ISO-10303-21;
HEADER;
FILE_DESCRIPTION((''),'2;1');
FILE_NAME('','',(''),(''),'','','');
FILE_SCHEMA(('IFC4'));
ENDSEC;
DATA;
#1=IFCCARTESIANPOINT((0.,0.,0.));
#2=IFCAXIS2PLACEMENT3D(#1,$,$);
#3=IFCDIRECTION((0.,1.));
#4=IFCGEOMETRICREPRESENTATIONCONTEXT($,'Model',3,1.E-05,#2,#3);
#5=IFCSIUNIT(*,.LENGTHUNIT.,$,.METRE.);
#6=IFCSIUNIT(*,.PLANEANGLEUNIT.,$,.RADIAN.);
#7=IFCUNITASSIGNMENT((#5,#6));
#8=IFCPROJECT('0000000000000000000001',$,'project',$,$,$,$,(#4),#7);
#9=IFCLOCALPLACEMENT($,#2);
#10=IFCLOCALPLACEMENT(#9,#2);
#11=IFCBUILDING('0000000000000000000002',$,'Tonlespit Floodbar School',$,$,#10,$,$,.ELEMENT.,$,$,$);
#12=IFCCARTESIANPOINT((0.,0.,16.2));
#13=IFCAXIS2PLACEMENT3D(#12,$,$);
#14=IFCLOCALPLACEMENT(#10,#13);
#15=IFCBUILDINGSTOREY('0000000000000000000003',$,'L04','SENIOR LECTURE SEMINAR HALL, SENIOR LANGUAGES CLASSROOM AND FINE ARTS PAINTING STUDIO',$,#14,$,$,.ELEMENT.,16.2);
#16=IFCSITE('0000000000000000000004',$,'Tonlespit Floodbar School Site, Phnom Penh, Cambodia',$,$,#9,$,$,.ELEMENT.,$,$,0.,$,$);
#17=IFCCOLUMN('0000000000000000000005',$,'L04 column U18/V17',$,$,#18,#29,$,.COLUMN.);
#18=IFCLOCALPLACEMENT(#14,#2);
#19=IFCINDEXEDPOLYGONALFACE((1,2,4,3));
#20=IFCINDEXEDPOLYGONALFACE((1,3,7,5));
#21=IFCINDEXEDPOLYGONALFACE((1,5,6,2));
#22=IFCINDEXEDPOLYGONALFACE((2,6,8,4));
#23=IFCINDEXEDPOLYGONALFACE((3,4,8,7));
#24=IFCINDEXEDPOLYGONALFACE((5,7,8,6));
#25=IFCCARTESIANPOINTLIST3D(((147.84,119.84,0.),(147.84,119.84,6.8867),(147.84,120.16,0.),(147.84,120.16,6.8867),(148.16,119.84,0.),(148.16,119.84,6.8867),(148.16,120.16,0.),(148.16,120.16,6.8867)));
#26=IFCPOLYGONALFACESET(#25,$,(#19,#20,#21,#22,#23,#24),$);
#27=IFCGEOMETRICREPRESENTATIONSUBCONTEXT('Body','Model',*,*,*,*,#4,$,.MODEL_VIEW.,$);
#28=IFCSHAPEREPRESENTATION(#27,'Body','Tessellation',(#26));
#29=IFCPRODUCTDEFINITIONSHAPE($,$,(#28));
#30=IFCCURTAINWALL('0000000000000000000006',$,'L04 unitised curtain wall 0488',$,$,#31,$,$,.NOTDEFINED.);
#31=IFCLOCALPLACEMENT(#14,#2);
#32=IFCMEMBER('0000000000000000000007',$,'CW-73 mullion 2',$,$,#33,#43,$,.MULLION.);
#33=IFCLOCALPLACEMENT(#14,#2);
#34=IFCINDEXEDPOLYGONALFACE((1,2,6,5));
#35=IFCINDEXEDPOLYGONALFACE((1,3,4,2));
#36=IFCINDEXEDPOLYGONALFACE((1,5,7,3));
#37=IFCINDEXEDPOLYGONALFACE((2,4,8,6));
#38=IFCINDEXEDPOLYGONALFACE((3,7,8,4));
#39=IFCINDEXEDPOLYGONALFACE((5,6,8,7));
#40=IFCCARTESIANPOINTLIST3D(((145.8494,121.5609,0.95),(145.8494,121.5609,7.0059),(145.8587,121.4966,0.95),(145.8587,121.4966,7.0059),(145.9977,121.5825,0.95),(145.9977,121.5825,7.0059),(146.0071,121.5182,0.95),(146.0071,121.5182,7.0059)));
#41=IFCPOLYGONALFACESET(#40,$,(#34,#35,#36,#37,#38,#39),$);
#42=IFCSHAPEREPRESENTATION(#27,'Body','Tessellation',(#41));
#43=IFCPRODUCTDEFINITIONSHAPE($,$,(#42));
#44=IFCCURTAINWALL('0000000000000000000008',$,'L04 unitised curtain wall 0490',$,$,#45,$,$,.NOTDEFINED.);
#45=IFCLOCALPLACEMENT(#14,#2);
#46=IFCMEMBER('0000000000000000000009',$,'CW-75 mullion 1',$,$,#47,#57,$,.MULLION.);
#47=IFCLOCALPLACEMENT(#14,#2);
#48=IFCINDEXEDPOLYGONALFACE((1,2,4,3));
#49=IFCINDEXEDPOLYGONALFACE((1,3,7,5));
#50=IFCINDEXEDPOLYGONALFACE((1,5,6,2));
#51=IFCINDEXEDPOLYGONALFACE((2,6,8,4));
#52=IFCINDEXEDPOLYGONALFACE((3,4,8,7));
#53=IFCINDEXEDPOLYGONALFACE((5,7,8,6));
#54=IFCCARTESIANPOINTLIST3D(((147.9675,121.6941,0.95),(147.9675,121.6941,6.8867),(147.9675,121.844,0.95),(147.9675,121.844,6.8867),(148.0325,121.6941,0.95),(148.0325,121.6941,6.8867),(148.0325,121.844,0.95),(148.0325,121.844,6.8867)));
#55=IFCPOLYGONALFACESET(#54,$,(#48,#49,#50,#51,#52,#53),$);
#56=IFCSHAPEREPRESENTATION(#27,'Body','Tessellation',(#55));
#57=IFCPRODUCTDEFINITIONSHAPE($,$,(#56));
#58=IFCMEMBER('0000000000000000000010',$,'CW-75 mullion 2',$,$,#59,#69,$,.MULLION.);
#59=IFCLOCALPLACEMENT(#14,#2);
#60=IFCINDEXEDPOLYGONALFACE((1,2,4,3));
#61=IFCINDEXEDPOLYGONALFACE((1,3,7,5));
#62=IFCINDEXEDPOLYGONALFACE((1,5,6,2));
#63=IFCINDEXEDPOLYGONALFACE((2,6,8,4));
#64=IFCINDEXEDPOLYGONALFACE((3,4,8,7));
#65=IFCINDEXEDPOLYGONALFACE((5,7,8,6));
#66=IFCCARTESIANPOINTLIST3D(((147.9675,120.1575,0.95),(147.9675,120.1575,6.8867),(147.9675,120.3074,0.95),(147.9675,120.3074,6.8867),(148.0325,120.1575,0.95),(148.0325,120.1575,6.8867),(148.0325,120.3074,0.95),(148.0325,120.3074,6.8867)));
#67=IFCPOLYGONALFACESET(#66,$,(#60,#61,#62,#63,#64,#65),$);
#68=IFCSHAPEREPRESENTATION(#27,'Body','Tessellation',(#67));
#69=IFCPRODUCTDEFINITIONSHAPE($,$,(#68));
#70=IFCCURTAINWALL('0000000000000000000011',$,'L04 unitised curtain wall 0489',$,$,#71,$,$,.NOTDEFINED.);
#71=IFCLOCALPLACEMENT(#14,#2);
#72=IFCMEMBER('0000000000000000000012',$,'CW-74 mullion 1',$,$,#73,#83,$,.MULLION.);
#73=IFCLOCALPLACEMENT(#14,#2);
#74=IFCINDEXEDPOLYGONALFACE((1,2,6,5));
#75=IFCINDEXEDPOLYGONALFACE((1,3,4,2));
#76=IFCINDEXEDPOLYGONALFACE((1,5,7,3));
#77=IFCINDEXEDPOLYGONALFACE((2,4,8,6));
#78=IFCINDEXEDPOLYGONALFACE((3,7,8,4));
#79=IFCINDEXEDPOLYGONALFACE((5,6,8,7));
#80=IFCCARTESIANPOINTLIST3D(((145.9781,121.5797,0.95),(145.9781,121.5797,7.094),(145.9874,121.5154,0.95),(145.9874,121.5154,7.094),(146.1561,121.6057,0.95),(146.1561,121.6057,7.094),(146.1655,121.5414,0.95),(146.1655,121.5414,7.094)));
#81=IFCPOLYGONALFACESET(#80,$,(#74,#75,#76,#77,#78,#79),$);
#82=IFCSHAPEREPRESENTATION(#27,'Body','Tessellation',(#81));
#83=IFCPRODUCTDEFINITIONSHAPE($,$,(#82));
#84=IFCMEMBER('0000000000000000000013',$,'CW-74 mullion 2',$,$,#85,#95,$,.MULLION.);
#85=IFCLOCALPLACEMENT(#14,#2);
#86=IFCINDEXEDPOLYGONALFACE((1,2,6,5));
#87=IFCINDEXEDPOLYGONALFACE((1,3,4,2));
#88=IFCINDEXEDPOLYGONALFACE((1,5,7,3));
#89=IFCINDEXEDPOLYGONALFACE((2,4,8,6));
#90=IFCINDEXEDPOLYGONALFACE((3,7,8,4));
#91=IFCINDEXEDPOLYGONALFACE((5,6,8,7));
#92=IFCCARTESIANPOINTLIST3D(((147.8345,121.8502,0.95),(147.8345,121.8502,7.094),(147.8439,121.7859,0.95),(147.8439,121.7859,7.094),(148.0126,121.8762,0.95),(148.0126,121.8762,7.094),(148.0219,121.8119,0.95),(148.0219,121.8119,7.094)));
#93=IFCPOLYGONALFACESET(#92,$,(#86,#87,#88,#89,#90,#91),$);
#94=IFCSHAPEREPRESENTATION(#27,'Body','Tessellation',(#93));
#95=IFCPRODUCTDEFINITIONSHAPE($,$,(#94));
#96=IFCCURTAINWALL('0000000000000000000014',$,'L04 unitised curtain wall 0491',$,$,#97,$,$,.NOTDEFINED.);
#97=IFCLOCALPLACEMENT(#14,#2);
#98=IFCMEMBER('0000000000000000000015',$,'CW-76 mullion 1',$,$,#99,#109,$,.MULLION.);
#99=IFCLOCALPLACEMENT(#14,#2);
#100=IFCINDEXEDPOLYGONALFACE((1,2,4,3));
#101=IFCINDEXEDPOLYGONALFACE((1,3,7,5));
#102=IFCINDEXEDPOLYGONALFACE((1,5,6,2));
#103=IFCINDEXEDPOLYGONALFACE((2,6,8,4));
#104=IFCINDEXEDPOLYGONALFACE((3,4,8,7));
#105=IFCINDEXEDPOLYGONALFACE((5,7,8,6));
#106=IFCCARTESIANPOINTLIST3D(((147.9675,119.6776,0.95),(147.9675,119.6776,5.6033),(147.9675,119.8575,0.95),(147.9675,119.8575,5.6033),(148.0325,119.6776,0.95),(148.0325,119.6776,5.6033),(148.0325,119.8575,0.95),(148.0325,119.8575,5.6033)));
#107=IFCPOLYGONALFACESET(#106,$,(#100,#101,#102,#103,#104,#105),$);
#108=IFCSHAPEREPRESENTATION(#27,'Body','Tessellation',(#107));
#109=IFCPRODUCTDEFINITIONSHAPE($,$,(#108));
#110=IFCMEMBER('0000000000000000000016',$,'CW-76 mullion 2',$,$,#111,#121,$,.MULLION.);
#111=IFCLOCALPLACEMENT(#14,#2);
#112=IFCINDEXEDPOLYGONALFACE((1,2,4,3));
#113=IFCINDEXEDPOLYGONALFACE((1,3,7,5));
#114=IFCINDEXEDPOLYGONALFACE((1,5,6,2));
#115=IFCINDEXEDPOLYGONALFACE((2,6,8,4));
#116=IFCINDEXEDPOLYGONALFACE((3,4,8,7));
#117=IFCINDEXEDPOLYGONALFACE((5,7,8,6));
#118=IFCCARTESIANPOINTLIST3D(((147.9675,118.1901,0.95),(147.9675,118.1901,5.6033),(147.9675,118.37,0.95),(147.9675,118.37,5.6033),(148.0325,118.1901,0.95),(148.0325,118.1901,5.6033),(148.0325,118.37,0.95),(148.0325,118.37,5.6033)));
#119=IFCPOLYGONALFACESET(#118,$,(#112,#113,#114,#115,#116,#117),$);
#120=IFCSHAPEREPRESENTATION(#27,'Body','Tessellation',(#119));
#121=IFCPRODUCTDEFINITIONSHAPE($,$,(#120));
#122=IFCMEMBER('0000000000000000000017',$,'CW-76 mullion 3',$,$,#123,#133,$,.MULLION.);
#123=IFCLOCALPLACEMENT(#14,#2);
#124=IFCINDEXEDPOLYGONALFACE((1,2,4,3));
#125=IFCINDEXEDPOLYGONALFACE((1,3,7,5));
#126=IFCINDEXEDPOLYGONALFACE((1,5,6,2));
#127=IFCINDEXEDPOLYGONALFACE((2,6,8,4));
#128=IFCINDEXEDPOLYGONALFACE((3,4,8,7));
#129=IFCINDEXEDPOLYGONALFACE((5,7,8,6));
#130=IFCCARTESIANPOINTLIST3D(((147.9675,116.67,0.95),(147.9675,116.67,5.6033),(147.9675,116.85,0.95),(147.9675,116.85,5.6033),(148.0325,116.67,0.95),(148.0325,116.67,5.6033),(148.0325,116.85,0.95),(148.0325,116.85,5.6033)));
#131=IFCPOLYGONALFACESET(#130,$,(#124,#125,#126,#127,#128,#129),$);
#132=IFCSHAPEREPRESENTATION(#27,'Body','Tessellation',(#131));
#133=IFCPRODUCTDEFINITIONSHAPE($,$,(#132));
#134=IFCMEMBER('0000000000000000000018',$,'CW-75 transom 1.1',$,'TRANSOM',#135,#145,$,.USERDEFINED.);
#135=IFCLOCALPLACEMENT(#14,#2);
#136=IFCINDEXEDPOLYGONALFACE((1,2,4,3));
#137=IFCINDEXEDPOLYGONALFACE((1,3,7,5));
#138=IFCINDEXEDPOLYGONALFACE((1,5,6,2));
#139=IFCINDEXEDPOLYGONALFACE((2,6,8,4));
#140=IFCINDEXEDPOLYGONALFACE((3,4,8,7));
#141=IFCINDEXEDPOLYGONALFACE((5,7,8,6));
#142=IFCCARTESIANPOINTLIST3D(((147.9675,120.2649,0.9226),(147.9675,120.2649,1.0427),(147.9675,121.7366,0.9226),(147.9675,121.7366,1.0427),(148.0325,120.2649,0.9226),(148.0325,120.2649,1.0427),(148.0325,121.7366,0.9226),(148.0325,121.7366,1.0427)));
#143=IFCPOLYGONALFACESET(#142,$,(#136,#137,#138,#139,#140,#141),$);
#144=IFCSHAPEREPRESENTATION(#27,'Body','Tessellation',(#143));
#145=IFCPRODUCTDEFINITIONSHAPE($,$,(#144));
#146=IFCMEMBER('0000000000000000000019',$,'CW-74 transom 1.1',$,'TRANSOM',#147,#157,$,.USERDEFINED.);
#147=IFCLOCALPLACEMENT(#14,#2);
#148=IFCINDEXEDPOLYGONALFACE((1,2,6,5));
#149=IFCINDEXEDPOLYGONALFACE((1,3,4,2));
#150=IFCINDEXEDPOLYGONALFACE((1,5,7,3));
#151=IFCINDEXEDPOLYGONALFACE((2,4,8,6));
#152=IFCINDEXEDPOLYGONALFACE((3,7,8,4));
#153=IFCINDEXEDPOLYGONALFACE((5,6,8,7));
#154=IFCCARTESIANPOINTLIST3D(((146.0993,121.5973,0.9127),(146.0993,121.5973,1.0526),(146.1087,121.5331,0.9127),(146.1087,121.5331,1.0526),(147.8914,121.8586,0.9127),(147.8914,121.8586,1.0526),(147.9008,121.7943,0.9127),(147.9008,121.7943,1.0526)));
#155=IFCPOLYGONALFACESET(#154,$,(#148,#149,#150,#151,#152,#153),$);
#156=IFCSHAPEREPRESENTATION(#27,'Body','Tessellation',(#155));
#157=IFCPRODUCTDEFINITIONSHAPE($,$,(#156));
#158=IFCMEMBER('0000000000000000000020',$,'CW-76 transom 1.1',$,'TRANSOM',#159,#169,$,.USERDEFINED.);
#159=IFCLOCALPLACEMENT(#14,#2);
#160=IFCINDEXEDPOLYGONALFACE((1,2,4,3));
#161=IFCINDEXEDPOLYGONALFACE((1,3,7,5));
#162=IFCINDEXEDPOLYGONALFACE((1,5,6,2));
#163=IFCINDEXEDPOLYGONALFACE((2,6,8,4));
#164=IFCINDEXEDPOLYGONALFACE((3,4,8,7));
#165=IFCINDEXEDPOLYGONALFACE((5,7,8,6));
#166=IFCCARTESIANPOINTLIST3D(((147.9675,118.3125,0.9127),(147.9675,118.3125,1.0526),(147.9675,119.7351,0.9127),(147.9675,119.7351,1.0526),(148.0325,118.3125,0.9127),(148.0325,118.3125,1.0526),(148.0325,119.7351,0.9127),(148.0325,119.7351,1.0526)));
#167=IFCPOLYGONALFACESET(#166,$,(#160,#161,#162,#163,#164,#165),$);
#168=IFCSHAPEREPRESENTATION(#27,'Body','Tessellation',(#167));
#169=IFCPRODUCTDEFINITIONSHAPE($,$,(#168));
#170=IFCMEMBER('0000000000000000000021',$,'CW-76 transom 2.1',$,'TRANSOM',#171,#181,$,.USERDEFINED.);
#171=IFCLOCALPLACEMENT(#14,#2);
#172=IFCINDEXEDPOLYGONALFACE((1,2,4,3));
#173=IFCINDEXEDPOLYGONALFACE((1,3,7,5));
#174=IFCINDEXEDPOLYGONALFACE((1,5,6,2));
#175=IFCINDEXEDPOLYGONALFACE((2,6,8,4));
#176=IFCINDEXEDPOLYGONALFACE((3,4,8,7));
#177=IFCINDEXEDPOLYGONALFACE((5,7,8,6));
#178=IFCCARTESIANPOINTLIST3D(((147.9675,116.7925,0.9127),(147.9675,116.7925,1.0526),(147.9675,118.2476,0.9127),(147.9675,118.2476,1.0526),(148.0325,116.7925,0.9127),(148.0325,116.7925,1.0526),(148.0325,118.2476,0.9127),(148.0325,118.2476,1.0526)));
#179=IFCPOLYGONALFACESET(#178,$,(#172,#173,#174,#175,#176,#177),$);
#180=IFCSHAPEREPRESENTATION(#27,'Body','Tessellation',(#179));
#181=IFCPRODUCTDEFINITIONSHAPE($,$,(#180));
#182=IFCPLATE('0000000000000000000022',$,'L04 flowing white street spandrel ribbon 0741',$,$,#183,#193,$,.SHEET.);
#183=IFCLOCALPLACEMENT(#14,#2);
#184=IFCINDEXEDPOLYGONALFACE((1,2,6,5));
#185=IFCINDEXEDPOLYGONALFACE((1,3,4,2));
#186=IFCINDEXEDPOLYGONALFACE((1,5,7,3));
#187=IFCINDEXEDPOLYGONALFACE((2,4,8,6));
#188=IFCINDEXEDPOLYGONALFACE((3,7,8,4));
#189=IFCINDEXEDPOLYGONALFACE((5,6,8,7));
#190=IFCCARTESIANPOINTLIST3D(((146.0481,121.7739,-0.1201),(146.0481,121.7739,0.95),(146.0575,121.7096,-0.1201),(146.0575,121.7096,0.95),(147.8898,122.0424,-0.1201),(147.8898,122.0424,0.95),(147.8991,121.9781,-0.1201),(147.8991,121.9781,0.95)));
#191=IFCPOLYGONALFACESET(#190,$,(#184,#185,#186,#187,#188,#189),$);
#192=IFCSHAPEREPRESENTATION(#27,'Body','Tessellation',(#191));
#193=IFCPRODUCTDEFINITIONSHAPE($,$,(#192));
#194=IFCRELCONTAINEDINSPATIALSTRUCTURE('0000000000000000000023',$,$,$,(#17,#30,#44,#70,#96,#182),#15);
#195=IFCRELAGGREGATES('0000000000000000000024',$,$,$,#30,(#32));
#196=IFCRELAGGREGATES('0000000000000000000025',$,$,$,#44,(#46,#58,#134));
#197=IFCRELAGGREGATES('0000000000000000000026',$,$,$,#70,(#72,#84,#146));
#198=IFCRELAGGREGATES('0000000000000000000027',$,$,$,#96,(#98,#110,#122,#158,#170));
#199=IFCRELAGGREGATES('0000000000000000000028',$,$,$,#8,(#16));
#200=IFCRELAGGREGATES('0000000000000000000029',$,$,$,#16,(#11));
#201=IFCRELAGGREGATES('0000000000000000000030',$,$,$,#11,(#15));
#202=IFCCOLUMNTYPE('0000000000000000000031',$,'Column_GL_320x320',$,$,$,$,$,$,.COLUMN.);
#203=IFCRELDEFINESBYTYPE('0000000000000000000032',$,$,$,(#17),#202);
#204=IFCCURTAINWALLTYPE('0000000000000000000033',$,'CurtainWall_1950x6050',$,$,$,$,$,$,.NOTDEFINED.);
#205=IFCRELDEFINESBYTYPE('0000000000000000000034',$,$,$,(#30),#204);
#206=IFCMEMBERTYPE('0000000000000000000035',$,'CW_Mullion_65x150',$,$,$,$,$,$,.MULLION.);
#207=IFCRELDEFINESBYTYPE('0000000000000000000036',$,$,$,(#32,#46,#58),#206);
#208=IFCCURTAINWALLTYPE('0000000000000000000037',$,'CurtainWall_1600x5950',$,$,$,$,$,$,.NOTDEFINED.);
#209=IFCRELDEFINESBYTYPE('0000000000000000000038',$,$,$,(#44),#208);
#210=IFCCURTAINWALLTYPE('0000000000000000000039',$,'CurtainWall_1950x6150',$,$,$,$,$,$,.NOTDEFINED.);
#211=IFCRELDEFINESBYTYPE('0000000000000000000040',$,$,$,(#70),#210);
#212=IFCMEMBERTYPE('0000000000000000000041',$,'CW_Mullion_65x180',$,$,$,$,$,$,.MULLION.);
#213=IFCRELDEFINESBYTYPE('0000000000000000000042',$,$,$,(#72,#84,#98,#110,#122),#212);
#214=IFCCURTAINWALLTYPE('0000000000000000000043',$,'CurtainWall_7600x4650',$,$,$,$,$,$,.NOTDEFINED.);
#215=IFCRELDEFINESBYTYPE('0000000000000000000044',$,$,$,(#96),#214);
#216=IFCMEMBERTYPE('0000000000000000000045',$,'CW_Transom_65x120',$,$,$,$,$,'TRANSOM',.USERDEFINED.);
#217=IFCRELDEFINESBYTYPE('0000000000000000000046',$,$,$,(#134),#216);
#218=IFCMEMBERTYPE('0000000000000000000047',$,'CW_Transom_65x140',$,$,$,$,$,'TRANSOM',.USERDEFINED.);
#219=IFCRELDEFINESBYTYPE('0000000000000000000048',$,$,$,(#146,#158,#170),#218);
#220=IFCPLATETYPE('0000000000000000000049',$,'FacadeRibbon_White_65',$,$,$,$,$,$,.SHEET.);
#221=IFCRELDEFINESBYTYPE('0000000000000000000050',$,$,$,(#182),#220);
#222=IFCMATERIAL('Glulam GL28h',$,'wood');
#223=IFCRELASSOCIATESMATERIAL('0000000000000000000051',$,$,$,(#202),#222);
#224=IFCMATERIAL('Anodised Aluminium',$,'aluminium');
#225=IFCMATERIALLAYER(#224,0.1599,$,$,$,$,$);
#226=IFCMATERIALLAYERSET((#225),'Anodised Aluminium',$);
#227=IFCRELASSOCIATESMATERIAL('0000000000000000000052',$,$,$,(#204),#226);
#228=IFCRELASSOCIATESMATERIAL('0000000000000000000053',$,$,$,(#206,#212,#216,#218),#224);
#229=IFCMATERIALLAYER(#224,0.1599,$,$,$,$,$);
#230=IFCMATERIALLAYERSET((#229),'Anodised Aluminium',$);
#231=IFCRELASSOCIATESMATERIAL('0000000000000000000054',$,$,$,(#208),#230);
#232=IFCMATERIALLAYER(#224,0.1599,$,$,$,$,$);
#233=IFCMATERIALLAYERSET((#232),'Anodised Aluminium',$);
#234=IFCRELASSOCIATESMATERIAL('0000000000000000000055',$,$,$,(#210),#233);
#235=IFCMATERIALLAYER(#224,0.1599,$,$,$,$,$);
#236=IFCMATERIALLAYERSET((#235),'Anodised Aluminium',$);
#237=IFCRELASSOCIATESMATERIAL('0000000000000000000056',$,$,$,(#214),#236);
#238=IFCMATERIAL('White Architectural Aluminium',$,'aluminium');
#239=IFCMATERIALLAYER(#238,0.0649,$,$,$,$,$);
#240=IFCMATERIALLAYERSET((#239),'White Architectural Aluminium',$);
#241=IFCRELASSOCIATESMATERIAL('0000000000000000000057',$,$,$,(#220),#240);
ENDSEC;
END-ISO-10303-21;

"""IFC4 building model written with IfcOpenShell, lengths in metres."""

from ifc_helpers import new_model, si_unit, direction, frame, origin, origin_2d, place, context, subcontext, project, spatial, rectangle, extrude, material, layer, layer_set, material_profile, profile_set, type_object, element, aggregate, save


model = new_model("IFC4")

# Units and contexts
model_context = context("Model", 3, precision=1e-05, world=origin(), true_north=direction((0.0, 1.0)))
body_context = subcontext(model_context, "Body", "Model", "MODEL_VIEW")
ifc_project = project(units=[si_unit("LENGTHUNIT", "METRE"), si_unit("PLANEANGLEUNIT", "RADIAN")], contexts=[model_context])

# Site, building, storey
site_placement = place(None, origin())
site = spatial("IfcSite", under=ifc_project, at=site_placement, Name="Tonlespit Floodbar School Site, Phnom Penh, Cambodia", CompositionType="ELEMENT", RefElevation=0.0)
building_placement = place(site_placement, origin())
building = spatial("IfcBuilding", under=site, at=building_placement, Name="Tonlespit Floodbar School", CompositionType="ELEMENT")
storey_placement = place(building_placement, frame((0.0, 0.0, 16.2)))
storey = spatial("IfcBuildingStorey", under=building, at=storey_placement, Name="L04", Description="SENIOR LECTURE SEMINAR HALL, SENIOR LANGUAGES CLASSROOM AND FINE ARTS PAINTING STUDIO", CompositionType="ELEMENT", Elevation=16.2)

# Column
ifc_material_1 = material(Name="Glulam GL28h", Category="wood")
ifc_material_profile_1 = material_profile(ifc_material_1, rectangle(XDim=0.3201, YDim=0.3201, at=origin_2d()), Name="GL 320x320")
ifc_profile_set_1 = profile_set([ifc_material_profile_1], Name="Glulam GL28h")
column_type = type_object("IfcColumnType", Name="Column_GL_320x320", PredefinedType="COLUMN", material=ifc_profile_set_1)
column_placement = place(storey_placement, frame((148.0, 120.0, 0.0), z_axis=(0.0, 0.0, 1.0), x_axis=(1.0, 0.0, 0.0)))
element("IfcColumn", 1, at=column_placement, inside=storey, type_object=column_type, Name="L04 column U18/V17", PredefinedType="COLUMN", context=body_context, shape_type="SweptSolid", body=[
    extrude(rectangle(XDim=0.3201, YDim=0.3201, at=origin_2d()), origin(), (0.0, 0.0, 1.0), 6.8867),
])

# Curtain wall, member
ifc_material_2 = material(Name="Anodised Aluminium", Category="aluminium")
ifc_layer_1 = layer(ifc_material_2, 0.1599)
ifc_layer_set_1 = layer_set([ifc_layer_1], Name="Anodised Aluminium")
curtain_wall_type_1 = type_object("IfcCurtainWallType", Name="CurtainWall_1950x6050", PredefinedType="NOTDEFINED", material=ifc_layer_set_1)
curtain_wall_1_placement = place(storey_placement, origin())
curtain_wall_1 = element("IfcCurtainWall", 2, at=curtain_wall_1_placement, inside=storey, type_object=curtain_wall_type_1, Name="L04 unitised curtain wall 0488", PredefinedType="NOTDEFINED")
ifc_material_profile_2 = material_profile(ifc_material_2, rectangle(XDim=0.0649, YDim=0.1499, at=origin_2d()), Name="ALU M65x150")
ifc_profile_set_2 = profile_set([ifc_material_profile_2], Name="Anodised Aluminium")
member_type_1 = type_object("IfcMemberType", Name="CW_Mullion_65x150", PredefinedType="MULLION", material=ifc_profile_set_2)
member_1_placement = place(storey_placement, frame((145.9282, 121.5396, 0.95), z_axis=(0.0, 0.0, 1.0), x_axis=(-0.144248, 0.989542, 0.0)))
member_1 = element("IfcMember", 3, at=member_1_placement, type_object=member_type_1, Name="CW-73 mullion 2", PredefinedType="MULLION", context=body_context, shape_type="SweptSolid", body=[
    extrude(rectangle(XDim=0.0649, YDim=0.1499, at=origin_2d()), origin(), (0.0, 0.0, 1.0), 6.0559),
])
aggregate(curtain_wall_1, [member_1])

# Curtain walls, members
ifc_layer_2 = layer(ifc_material_2, 0.1599)
ifc_layer_set_2 = layer_set([ifc_layer_2], Name="Anodised Aluminium")
curtain_wall_type_2 = type_object("IfcCurtainWallType", Name="CurtainWall_1600x5950", PredefinedType="NOTDEFINED", material=ifc_layer_set_2)
curtain_wall_2_placement = place(storey_placement, origin())
curtain_wall_2 = element("IfcCurtainWall", 4, at=curtain_wall_2_placement, inside=storey, type_object=curtain_wall_type_2, Name="L04 unitised curtain wall 0490", PredefinedType="NOTDEFINED")
member_2_placement = place(storey_placement, frame((148.0, 121.769, 0.95), z_axis=(0.0, 0.0, 1.0), x_axis=(1.0, 0.0, 0.0)))
member_2 = element("IfcMember", 5, at=member_2_placement, type_object=member_type_1, Name="CW-75 mullion 1", PredefinedType="MULLION", context=body_context, shape_type="SweptSolid", body=[
    extrude(rectangle(XDim=0.0649, YDim=0.1499, at=origin_2d()), origin(), (0.0, 0.0, 1.0), 5.9368),
])
member_3_placement = place(storey_placement, frame((148.0, 120.2324, 0.95), z_axis=(0.0, 0.0, 1.0), x_axis=(1.0, 0.0, 0.0)))
member_3 = element("IfcMember", 6, at=member_3_placement, type_object=member_type_1, Name="CW-75 mullion 2", PredefinedType="MULLION", context=body_context, shape_type="SweptSolid", body=[
    extrude(rectangle(XDim=0.0649, YDim=0.1499, at=origin_2d()), origin(), (0.0, 0.0, 1.0), 5.9368),
])
ifc_layer_3 = layer(ifc_material_2, 0.1599)
ifc_layer_set_3 = layer_set([ifc_layer_3], Name="Anodised Aluminium")
curtain_wall_type_3 = type_object("IfcCurtainWallType", Name="CurtainWall_1950x6150", PredefinedType="NOTDEFINED", material=ifc_layer_set_3)
curtain_wall_3_placement = place(storey_placement, origin())
curtain_wall_3 = element("IfcCurtainWall", 7, at=curtain_wall_3_placement, inside=storey, type_object=curtain_wall_type_3, Name="L04 unitised curtain wall 0489", PredefinedType="NOTDEFINED")
ifc_material_profile_3 = material_profile(ifc_material_2, rectangle(XDim=0.0649, YDim=0.1799, at=origin_2d()), Name="ALU M65x180")
ifc_profile_set_3 = profile_set([ifc_material_profile_3], Name="Anodised Aluminium")
member_type_2 = type_object("IfcMemberType", Name="CW_Mullion_65x180", PredefinedType="MULLION", material=ifc_profile_set_3)
member_4_placement = place(storey_placement, frame((146.0718, 121.5605, 0.95), z_axis=(0.0, 0.0, 1.0), x_axis=(-0.144248, 0.989542, 0.0)))
member_4 = element("IfcMember", 8, at=member_4_placement, type_object=member_type_2, Name="CW-74 mullion 1", PredefinedType="MULLION", context=body_context, shape_type="SweptSolid", body=[
    extrude(rectangle(XDim=0.0649, YDim=0.1799, at=origin_2d()), origin(), (0.0, 0.0, 1.0), 6.144),
])
member_5_placement = place(storey_placement, frame((147.9282, 121.8311, 0.95), z_axis=(0.0, 0.0, 1.0), x_axis=(-0.144248, 0.989542, 0.0)))
member_5 = element("IfcMember", 9, at=member_5_placement, type_object=member_type_2, Name="CW-74 mullion 2", PredefinedType="MULLION", context=body_context, shape_type="SweptSolid", body=[
    extrude(rectangle(XDim=0.0649, YDim=0.1799, at=origin_2d()), origin(), (0.0, 0.0, 1.0), 6.144),
])
ifc_layer_4 = layer(ifc_material_2, 0.1599)
ifc_layer_set_4 = layer_set([ifc_layer_4], Name="Anodised Aluminium")
curtain_wall_type_4 = type_object("IfcCurtainWallType", Name="CurtainWall_7600x4650", PredefinedType="NOTDEFINED", material=ifc_layer_set_4)
curtain_wall_4_placement = place(storey_placement, origin())
curtain_wall_4 = element("IfcCurtainWall", 10, at=curtain_wall_4_placement, inside=storey, type_object=curtain_wall_type_4, Name="L04 unitised curtain wall 0491", PredefinedType="NOTDEFINED")
member_6_placement = place(storey_placement, frame((148.0, 119.7676, 0.95), z_axis=(0.0, 0.0, 1.0), x_axis=(1.0, 0.0, 0.0)))
member_6 = element("IfcMember", 11, at=member_6_placement, type_object=member_type_2, Name="CW-76 mullion 1", PredefinedType="MULLION", context=body_context, shape_type="SweptSolid", body=[
    extrude(rectangle(XDim=0.0649, YDim=0.1799, at=origin_2d()), origin(), (0.0, 0.0, 1.0), 4.6533),
])
member_7_placement = place(storey_placement, frame((148.0, 118.28, 0.95), z_axis=(0.0, 0.0, 1.0), x_axis=(1.0, 0.0, 0.0)))
member_7 = element("IfcMember", 12, at=member_7_placement, type_object=member_type_2, Name="CW-76 mullion 2", PredefinedType="MULLION", context=body_context, shape_type="SweptSolid", body=[
    extrude(rectangle(XDim=0.0649, YDim=0.1799, at=origin_2d()), origin(), (0.0, 0.0, 1.0), 4.6533),
])
member_8_placement = place(storey_placement, frame((148.0, 116.76, 0.95), z_axis=(0.0, 0.0, 1.0), x_axis=(1.0, 0.0, 0.0)))
member_8 = element("IfcMember", 13, at=member_8_placement, type_object=member_type_2, Name="CW-76 mullion 3", PredefinedType="MULLION", context=body_context, shape_type="SweptSolid", body=[
    extrude(rectangle(XDim=0.0649, YDim=0.1799, at=origin_2d()), origin(), (0.0, 0.0, 1.0), 4.6533),
])

# Members
ifc_material_profile_4 = material_profile(ifc_material_2, rectangle(XDim=0.0649, YDim=0.1201, at=origin_2d()), Name="ALU T65x120")
ifc_profile_set_4 = profile_set([ifc_material_profile_4], Name="Anodised Aluminium")
member_type_3 = type_object("IfcMemberType", Name="CW_Transom_65x120", ElementType="TRANSOM", PredefinedType="USERDEFINED", material=ifc_profile_set_4)
member_9_placement = place(storey_placement, frame((148.0, 121.7366, 0.9827), z_axis=(0.0, -1.0, 0.0), x_axis=(1.0, 0.0, 0.0)))
member_9 = element("IfcMember", 14, at=member_9_placement, type_object=member_type_3, Name="CW-75 transom 1.1", ObjectType="TRANSOM", PredefinedType="USERDEFINED", context=body_context, shape_type="SweptSolid", body=[
    extrude(rectangle(XDim=0.0649, YDim=0.1201, at=origin_2d()), origin(), (0.0, 0.0, 1.0), 1.4717),
])
aggregate(curtain_wall_2, [member_2, member_3, member_9])
ifc_material_profile_5 = material_profile(ifc_material_2, rectangle(XDim=0.0649, YDim=0.1399, at=origin_2d()), Name="ALU T65x140")
ifc_profile_set_5 = profile_set([ifc_material_profile_5], Name="Anodised Aluminium")
member_type_4 = type_object("IfcMemberType", Name="CW_Transom_65x140", ElementType="TRANSOM", PredefinedType="USERDEFINED", material=ifc_profile_set_5)
member_10_placement = place(storey_placement, frame((146.104, 121.5652, 0.9827), z_axis=(0.989541, 0.144252, 0.0), x_axis=(-0.144252, 0.989541, 0.0)))
member_10 = element("IfcMember", 15, at=member_10_placement, type_object=member_type_4, Name="CW-74 transom 1.1", ObjectType="TRANSOM", PredefinedType="USERDEFINED", context=body_context, shape_type="SweptSolid", body=[
    extrude(rectangle(XDim=0.0649, YDim=0.1399, at=origin_2d()), origin(), (0.0, 0.0, 1.0), 1.811),
])
aggregate(curtain_wall_3, [member_4, member_5, member_10])
member_11_placement = place(storey_placement, frame((148.0, 119.7351, 0.9827), z_axis=(0.0, -1.0, 0.0), x_axis=(1.0, 0.0, 0.0)))
member_11 = element("IfcMember", 16, at=member_11_placement, type_object=member_type_4, Name="CW-76 transom 1.1", ObjectType="TRANSOM", PredefinedType="USERDEFINED", context=body_context, shape_type="SweptSolid", body=[
    extrude(rectangle(XDim=0.0649, YDim=0.1399, at=origin_2d()), origin(), (0.0, 0.0, 1.0), 1.4226),
])
member_12_placement = place(storey_placement, frame((148.0, 118.2476, 0.9827), z_axis=(0.0, -1.0, 0.0), x_axis=(1.0, 0.0, 0.0)))
member_12 = element("IfcMember", 17, at=member_12_placement, type_object=member_type_4, Name="CW-76 transom 2.1", ObjectType="TRANSOM", PredefinedType="USERDEFINED", context=body_context, shape_type="SweptSolid", body=[
    extrude(rectangle(XDim=0.0649, YDim=0.1399, at=origin_2d()), origin(), (0.0, 0.0, 1.0), 1.4551),
])
aggregate(curtain_wall_4, [member_6, member_7, member_8, member_11, member_12])

# Plate
ifc_material_3 = material(Name="White Architectural Aluminium", Category="aluminium")
ifc_layer_5 = layer(ifc_material_3, 0.0649)
ifc_layer_set_5 = layer_set([ifc_layer_5], Name="White Architectural Aluminium")
plate_type = type_object("IfcPlateType", Name="FacadeRibbon_White_65", PredefinedType="SHEET", material=ifc_layer_set_5)
plate_placement = place(storey_placement, frame((146.9736, 121.876, -0.1201), z_axis=(0.0, 0.0, 1.0), x_axis=(0.989538, 0.144275, 0.0)))
element("IfcPlate", 18, at=plate_placement, inside=storey, type_object=plate_type, Name="L04 flowing white street spandrel ribbon 0741", PredefinedType="SHEET", context=body_context, shape_type="SweptSolid", body=[
    extrude(rectangle(XDim=1.8611, YDim=0.0649, at=origin_2d()), origin(), (0.0, 0.0, 1.0), 1.0701),
])

save(model, "model.ifc")
